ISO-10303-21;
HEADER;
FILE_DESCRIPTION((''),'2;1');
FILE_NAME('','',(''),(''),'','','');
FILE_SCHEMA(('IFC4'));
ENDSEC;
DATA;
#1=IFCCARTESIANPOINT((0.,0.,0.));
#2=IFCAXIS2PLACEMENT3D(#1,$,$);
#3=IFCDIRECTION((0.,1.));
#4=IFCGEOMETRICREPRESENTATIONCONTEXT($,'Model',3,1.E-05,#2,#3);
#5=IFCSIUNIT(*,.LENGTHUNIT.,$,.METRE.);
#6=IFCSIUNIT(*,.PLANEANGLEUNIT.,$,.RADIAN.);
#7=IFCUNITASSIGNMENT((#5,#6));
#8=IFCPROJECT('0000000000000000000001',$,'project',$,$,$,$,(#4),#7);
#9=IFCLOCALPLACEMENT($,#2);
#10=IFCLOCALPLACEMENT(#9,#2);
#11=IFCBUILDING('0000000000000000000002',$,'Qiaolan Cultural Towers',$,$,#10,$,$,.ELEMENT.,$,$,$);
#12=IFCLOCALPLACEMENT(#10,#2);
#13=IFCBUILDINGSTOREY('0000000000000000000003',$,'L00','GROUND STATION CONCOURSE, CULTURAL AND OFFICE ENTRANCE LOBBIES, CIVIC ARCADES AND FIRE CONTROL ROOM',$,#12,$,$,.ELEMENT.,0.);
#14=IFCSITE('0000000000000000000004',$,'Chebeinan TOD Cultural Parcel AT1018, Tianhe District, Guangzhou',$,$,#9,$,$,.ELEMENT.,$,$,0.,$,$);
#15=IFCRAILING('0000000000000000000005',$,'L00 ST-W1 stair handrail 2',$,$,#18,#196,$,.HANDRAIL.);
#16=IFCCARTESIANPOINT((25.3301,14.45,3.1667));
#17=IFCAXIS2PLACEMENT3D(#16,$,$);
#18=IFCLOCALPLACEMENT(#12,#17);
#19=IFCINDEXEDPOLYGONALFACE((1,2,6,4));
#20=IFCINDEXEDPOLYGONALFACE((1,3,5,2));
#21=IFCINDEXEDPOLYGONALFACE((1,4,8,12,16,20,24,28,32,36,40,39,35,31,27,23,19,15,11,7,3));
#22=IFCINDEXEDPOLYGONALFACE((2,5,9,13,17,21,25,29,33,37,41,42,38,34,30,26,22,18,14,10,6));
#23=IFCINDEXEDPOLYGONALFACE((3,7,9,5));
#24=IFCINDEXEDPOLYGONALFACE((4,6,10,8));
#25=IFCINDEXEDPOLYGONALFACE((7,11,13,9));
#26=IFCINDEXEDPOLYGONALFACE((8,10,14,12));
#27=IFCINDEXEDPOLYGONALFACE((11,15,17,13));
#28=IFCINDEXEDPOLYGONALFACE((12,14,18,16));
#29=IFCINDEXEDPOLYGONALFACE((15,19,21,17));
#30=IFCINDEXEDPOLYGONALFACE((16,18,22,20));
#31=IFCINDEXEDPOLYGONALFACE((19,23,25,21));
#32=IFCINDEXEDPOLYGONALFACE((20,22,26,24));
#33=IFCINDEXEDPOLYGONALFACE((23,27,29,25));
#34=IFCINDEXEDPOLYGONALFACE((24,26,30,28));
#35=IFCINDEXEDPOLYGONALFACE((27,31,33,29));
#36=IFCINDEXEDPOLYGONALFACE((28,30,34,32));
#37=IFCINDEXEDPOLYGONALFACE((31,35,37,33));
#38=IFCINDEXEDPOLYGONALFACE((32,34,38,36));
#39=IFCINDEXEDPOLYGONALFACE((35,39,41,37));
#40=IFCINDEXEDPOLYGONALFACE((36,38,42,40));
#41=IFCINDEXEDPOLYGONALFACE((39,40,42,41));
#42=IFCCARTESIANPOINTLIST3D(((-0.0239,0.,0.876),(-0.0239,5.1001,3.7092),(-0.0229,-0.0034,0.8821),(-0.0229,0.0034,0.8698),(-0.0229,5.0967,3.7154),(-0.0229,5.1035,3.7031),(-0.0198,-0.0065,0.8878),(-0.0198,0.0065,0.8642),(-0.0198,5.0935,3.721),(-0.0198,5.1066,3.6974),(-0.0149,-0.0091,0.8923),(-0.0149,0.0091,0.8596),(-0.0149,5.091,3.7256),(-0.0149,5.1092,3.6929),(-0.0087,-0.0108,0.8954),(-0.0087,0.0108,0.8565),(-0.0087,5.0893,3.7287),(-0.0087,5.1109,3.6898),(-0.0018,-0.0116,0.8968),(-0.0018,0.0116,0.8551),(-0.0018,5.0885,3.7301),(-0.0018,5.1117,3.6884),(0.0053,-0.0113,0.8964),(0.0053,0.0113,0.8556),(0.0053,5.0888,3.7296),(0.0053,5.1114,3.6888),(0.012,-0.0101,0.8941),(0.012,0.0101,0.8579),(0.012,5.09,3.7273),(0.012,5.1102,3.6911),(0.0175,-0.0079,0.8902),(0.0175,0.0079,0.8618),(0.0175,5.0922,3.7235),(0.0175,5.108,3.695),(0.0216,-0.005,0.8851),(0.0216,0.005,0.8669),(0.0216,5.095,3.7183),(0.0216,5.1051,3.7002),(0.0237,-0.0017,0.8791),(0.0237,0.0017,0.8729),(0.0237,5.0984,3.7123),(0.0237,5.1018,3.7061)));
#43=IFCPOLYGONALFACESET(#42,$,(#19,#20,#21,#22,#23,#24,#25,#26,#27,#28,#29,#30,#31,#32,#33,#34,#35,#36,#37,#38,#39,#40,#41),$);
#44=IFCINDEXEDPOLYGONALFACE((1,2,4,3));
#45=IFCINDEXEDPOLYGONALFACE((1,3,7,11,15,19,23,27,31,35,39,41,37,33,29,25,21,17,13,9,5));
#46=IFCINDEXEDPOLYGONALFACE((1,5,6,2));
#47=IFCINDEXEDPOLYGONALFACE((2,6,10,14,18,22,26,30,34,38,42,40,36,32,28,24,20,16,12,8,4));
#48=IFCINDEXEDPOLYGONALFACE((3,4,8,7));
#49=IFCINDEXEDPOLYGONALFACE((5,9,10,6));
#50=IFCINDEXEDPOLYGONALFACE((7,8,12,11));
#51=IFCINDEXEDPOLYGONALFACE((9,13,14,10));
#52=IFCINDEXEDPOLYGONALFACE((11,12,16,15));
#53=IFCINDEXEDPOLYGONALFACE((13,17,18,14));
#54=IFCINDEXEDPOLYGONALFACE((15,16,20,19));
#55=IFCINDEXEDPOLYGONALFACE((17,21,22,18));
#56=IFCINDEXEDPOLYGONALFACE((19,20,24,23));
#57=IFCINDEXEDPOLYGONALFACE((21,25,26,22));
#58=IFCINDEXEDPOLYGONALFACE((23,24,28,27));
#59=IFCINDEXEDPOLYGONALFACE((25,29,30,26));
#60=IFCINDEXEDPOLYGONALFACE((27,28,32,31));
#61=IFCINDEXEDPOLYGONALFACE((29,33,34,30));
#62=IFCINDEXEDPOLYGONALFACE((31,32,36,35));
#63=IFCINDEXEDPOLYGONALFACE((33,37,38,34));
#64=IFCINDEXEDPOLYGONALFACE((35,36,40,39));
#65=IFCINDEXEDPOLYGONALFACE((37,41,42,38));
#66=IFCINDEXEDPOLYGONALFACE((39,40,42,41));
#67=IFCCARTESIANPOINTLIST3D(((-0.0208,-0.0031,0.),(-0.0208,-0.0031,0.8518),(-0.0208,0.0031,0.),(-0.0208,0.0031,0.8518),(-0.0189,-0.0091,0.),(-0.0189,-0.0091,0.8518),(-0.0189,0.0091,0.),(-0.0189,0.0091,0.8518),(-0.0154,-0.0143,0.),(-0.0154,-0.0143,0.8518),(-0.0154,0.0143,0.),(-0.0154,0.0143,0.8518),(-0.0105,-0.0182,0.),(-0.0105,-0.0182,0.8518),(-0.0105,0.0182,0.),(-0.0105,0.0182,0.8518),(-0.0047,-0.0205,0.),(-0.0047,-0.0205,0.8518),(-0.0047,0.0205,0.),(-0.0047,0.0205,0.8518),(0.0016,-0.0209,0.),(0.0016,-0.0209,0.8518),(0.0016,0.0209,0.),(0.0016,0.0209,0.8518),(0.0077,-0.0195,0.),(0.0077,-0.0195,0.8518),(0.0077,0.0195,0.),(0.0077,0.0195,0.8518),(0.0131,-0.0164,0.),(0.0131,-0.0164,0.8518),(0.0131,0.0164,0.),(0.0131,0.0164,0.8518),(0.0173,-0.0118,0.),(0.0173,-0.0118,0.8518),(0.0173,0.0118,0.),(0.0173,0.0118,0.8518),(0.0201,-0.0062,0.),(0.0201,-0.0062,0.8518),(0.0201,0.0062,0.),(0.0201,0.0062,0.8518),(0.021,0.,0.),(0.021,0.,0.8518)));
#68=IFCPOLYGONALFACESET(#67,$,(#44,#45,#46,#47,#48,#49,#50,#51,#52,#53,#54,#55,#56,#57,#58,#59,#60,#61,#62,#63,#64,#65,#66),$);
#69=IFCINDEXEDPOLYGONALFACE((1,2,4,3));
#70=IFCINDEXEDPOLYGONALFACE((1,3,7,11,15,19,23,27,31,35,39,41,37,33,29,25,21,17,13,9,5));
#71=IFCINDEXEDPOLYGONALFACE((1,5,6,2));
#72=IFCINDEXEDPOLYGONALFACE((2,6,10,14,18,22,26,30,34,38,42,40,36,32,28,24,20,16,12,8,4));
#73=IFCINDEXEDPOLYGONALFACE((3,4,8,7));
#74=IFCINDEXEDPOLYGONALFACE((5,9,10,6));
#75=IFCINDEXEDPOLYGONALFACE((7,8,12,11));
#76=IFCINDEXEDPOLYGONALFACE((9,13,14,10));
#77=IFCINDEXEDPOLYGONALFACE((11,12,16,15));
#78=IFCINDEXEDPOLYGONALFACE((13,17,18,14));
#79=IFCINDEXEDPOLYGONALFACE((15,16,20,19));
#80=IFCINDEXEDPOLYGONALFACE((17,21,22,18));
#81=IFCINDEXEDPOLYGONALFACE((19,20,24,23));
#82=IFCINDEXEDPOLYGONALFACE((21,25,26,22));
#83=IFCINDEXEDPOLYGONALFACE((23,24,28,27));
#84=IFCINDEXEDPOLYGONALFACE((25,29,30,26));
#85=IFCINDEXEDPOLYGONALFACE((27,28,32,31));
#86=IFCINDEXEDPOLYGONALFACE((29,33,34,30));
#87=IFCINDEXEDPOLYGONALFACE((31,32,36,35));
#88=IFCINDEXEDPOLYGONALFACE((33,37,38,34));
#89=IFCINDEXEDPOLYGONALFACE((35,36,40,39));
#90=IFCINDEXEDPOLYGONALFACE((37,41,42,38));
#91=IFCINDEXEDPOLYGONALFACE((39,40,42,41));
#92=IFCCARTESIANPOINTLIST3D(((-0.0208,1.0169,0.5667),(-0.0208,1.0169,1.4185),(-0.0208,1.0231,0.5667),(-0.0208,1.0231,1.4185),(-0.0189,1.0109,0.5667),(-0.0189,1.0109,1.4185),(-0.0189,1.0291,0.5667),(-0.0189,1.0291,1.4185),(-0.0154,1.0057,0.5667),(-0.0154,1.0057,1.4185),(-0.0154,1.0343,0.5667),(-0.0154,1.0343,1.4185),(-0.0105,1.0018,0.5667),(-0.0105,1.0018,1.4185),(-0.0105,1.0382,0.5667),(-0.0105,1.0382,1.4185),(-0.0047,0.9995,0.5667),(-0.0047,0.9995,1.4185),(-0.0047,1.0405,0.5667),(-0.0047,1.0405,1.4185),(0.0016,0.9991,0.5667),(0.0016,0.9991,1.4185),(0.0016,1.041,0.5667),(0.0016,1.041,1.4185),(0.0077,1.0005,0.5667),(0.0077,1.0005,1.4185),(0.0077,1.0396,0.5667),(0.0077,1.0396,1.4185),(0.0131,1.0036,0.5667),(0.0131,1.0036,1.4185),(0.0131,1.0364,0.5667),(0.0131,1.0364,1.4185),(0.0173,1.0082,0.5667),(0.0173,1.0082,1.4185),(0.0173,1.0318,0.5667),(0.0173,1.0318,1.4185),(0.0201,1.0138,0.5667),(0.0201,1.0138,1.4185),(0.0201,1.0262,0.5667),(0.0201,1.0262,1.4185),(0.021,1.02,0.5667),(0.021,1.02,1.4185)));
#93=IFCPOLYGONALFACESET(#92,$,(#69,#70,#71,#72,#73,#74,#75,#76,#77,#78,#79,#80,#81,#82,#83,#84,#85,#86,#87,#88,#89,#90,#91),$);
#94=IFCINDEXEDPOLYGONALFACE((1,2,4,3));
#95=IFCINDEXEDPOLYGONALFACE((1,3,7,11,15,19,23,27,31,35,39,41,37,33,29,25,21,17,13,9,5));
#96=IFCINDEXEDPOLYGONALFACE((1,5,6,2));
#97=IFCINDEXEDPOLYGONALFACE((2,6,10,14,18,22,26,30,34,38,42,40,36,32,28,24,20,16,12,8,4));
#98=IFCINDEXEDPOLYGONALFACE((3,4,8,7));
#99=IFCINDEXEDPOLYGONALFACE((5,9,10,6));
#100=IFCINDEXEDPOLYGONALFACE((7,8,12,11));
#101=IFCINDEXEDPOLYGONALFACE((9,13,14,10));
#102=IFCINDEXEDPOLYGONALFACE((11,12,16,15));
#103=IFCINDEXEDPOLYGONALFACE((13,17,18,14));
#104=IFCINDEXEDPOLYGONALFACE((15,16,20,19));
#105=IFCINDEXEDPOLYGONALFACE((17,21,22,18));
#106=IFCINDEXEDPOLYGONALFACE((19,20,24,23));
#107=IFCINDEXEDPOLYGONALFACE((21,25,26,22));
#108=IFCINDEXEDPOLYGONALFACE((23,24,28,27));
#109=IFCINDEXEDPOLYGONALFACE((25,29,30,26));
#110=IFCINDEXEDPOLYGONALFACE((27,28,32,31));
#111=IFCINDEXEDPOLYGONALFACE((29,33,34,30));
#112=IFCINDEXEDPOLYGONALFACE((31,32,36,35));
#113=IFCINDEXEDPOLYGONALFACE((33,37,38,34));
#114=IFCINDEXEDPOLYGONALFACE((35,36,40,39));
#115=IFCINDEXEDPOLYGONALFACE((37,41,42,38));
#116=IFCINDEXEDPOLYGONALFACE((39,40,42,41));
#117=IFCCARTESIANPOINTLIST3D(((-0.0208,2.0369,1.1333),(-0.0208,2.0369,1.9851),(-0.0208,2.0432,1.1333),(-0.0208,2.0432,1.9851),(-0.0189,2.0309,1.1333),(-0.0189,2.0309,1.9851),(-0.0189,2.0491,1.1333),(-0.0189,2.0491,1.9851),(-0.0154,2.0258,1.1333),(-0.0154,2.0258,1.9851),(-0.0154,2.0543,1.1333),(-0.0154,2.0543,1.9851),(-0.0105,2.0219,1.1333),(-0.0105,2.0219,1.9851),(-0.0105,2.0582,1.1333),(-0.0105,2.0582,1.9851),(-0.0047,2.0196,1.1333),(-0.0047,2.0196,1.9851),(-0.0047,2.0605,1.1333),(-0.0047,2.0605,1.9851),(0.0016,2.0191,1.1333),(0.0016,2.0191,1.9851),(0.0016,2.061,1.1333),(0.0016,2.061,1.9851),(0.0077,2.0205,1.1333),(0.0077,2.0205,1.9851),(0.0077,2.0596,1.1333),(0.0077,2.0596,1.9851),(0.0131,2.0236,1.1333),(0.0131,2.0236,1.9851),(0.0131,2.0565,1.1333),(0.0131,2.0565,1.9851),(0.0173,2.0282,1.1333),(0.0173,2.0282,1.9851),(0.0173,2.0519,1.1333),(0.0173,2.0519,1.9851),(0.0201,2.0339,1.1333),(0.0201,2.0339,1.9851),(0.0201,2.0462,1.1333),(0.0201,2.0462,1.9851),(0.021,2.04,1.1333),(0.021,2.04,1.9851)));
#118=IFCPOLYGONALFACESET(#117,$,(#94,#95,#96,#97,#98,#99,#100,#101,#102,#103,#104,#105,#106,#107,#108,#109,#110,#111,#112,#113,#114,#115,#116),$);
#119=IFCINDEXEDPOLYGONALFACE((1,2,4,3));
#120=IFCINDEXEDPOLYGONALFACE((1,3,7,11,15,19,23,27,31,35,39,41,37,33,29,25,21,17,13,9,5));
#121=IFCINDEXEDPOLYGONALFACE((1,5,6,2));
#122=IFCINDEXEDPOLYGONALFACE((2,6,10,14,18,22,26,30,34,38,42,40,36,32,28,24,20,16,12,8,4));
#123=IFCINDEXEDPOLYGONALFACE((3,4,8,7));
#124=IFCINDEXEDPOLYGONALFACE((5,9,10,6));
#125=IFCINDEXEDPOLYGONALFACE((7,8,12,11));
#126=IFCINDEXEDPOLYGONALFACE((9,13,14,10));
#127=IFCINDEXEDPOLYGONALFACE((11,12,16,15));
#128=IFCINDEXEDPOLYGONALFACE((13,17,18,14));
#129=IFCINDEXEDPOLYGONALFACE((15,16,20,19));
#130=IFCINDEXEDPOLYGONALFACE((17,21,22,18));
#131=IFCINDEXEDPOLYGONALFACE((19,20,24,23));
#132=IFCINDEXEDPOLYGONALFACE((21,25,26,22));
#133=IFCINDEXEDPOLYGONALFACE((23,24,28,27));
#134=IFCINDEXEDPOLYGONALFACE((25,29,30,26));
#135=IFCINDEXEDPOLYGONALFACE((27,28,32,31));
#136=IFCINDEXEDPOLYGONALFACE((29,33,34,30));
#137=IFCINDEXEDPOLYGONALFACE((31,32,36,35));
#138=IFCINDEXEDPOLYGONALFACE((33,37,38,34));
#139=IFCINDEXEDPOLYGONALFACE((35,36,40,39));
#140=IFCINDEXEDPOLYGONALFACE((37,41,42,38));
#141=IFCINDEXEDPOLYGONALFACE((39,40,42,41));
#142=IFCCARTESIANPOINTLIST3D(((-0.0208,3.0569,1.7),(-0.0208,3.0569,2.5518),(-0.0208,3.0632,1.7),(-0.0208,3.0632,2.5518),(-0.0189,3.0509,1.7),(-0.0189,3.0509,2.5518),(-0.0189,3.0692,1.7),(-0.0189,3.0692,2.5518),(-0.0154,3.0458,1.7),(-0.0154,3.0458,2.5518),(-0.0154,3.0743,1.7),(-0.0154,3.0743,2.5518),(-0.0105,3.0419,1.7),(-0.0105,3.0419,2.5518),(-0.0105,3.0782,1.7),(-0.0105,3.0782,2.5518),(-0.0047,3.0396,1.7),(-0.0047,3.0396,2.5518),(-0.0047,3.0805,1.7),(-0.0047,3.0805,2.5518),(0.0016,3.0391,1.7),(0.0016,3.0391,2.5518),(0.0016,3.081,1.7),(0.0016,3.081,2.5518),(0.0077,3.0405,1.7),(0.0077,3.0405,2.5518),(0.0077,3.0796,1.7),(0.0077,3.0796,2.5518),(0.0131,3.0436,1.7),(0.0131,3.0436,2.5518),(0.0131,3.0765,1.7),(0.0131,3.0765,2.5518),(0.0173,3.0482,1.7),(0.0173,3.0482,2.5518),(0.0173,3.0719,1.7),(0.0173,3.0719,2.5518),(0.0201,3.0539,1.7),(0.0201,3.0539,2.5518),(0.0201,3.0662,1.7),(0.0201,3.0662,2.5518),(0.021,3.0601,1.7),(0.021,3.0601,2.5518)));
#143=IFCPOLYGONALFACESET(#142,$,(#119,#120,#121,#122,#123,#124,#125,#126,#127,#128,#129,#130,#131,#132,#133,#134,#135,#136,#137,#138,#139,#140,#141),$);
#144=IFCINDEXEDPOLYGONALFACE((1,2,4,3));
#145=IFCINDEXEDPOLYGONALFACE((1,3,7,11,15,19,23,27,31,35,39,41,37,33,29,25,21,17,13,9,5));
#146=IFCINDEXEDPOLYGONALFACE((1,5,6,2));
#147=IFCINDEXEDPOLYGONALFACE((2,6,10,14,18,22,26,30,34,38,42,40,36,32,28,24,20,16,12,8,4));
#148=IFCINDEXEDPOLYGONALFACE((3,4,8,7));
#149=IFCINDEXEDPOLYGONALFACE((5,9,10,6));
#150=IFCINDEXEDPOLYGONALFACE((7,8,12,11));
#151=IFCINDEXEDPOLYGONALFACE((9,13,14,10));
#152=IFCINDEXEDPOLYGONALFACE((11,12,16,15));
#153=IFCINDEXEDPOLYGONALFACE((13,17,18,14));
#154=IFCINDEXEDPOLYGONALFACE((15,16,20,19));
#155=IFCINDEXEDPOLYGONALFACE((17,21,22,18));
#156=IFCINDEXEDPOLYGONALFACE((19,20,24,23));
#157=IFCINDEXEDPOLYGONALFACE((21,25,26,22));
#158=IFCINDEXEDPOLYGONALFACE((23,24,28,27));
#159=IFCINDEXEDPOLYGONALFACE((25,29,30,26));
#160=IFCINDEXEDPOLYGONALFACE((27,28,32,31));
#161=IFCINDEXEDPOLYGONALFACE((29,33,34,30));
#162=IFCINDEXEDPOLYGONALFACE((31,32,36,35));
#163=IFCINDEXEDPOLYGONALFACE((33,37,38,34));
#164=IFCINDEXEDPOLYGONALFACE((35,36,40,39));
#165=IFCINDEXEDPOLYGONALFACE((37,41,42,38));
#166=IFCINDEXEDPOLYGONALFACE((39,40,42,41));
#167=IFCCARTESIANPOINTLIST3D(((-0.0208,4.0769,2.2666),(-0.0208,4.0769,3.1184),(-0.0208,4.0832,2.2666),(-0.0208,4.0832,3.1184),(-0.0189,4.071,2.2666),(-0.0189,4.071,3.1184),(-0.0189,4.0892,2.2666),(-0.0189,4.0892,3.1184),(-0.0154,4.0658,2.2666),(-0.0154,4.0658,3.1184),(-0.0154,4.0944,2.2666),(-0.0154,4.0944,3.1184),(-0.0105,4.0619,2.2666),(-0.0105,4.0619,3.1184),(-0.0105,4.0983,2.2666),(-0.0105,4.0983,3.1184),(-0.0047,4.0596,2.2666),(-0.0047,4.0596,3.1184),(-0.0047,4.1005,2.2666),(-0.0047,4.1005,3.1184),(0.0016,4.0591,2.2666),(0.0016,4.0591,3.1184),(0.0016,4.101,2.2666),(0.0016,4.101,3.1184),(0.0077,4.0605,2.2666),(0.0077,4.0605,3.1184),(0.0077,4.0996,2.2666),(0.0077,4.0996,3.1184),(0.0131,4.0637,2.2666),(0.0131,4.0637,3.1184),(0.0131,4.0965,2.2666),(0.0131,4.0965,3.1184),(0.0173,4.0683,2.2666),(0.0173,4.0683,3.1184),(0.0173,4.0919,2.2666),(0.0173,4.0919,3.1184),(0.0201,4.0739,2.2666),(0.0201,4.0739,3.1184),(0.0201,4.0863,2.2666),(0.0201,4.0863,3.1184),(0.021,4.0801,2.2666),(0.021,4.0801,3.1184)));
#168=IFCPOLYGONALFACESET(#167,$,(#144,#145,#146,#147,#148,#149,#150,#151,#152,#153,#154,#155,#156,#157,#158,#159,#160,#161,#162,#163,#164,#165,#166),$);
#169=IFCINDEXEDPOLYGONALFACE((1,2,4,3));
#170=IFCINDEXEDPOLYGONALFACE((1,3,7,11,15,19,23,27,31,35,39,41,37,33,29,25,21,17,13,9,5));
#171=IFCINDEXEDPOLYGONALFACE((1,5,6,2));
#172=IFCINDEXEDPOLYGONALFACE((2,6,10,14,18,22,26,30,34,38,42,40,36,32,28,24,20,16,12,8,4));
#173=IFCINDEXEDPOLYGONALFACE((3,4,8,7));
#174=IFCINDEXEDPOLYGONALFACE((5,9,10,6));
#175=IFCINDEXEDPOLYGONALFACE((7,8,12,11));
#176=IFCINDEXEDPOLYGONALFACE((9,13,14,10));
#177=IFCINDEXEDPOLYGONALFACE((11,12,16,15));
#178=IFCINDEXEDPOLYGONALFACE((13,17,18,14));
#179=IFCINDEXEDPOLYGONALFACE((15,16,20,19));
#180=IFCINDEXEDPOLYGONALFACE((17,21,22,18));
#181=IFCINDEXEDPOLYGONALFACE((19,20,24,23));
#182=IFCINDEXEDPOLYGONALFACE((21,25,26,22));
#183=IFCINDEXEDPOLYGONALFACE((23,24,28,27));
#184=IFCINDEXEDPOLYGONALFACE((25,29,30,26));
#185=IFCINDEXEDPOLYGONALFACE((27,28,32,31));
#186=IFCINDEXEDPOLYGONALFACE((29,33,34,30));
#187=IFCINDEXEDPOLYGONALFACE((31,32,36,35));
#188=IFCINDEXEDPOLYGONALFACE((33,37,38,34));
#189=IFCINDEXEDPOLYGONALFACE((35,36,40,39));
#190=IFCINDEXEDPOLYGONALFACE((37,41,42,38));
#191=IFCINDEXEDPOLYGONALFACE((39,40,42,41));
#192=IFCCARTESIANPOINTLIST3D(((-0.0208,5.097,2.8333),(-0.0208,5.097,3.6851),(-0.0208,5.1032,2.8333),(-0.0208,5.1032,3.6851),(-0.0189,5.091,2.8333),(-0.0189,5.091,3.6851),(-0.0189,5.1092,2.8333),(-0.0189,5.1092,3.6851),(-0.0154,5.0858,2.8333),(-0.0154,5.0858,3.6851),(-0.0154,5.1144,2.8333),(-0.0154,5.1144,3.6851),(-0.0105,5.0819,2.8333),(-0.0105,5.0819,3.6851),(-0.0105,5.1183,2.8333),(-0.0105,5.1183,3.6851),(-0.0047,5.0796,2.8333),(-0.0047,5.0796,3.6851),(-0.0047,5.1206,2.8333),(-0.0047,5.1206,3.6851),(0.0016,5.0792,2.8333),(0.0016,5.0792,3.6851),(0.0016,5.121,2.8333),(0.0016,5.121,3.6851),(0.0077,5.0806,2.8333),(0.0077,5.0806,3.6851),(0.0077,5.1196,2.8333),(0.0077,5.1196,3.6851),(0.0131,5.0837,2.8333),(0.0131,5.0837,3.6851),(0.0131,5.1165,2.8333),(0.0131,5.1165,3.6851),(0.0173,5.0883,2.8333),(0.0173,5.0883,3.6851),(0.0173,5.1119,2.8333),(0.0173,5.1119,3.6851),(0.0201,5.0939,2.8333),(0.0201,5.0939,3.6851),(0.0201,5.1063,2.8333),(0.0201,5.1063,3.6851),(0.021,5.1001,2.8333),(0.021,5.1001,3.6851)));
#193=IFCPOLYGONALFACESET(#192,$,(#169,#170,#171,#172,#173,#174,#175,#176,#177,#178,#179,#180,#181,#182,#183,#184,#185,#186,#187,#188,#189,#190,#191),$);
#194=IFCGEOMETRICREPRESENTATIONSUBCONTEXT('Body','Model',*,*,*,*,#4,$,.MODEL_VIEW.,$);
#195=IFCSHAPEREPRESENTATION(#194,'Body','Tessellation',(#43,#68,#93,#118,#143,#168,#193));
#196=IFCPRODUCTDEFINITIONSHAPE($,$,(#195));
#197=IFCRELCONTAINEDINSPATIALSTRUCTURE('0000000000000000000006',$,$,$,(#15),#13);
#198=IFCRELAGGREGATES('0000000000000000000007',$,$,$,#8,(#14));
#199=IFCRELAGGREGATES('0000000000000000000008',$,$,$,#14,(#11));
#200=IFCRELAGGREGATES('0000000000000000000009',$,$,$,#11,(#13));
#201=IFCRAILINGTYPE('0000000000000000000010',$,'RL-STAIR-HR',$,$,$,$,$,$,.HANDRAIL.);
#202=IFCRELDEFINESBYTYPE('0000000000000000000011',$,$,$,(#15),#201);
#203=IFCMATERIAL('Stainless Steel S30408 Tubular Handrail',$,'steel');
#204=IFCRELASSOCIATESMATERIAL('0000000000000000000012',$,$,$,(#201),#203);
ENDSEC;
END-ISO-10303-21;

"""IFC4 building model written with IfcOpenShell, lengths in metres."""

from ifc_helpers import new_model, si_unit, direction, frame, origin, origin_2d, place, context, subcontext, project, spatial, circle, extrude, material, type_object, element, save


model = new_model("IFC4")

# Units and contexts
model_context = context("Model", 3, precision=1e-05, world=origin(), true_north=direction((0.0, 1.0)))
body_context = subcontext(model_context, "Body", "Model", "MODEL_VIEW")
ifc_project = project(units=[si_unit("LENGTHUNIT", "METRE"), si_unit("PLANEANGLEUNIT", "RADIAN")], contexts=[model_context])

# Site, building, storey
site_placement = place(None, origin())
site = spatial("IfcSite", under=ifc_project, at=site_placement, Name="Chebeinan TOD Cultural Parcel AT1018, Tianhe District, Guangzhou", CompositionType="ELEMENT", RefElevation=0.0)
building_placement = place(site_placement, origin())
building = spatial("IfcBuilding", under=site, at=building_placement, Name="Qiaolan Cultural Towers", CompositionType="ELEMENT")
storey_placement = place(building_placement, origin())
storey = spatial("IfcBuildingStorey", under=building, at=storey_placement, Name="L00", Description="GROUND STATION CONCOURSE, CULTURAL AND OFFICE ENTRANCE LOBBIES, CIVIC ARCADES AND FIRE CONTROL ROOM", CompositionType="ELEMENT", Elevation=0.0)

# Railing
ifc_material_1 = material(Name="Stainless Steel S30408 Tubular Handrail", Category="steel")
railing_type_1 = type_object("IfcRailingType", Name="RL-STAIR-HR", PredefinedType="HANDRAIL", material=ifc_material_1)
railing_1_placement = place(storey_placement, frame((25.3301, 14.45, 3.1667)))
element("IfcRailing", 1, at=railing_1_placement, inside=storey, type_object=railing_type_1, Name="L00 ST-W1 stair handrail 2", PredefinedType="HANDRAIL", context=body_context, shape_type="SweptSolid", body=[
    extrude(circle(Radius=0.0239, at=origin_2d()), frame((0.0, 0.0, 0.876), z_axis=(0.0, 0.874167, 0.485625), x_axis=(-1.0, 0.0, 0.0)), (0.0, 0.0, 1.0), 5.8342),
    extrude(circle(Radius=0.021, at=origin_2d()), origin(), (0.0, 0.0, 1.0), 0.8518),
    extrude(circle(Radius=0.021, at=origin_2d()), frame((0.0, 1.02, 0.5667)), (0.0, 0.0, 1.0), 0.8518),
    extrude(circle(Radius=0.021, at=origin_2d()), frame((0.0, 2.04, 1.1333)), (0.0, 0.0, 1.0), 0.8518),
    extrude(circle(Radius=0.021, at=origin_2d()), frame((0.0, 3.0601, 1.7)), (0.0, 0.0, 1.0), 0.8518),
    extrude(circle(Radius=0.021, at=origin_2d()), frame((0.0, 4.0801, 2.2666)), (0.0, 0.0, 1.0), 0.8518),
    extrude(circle(Radius=0.021, at=origin_2d()), frame((0.0, 5.1001, 2.8333)), (0.0, 0.0, 1.0), 0.8518),
])

save(model, "model.ifc")
